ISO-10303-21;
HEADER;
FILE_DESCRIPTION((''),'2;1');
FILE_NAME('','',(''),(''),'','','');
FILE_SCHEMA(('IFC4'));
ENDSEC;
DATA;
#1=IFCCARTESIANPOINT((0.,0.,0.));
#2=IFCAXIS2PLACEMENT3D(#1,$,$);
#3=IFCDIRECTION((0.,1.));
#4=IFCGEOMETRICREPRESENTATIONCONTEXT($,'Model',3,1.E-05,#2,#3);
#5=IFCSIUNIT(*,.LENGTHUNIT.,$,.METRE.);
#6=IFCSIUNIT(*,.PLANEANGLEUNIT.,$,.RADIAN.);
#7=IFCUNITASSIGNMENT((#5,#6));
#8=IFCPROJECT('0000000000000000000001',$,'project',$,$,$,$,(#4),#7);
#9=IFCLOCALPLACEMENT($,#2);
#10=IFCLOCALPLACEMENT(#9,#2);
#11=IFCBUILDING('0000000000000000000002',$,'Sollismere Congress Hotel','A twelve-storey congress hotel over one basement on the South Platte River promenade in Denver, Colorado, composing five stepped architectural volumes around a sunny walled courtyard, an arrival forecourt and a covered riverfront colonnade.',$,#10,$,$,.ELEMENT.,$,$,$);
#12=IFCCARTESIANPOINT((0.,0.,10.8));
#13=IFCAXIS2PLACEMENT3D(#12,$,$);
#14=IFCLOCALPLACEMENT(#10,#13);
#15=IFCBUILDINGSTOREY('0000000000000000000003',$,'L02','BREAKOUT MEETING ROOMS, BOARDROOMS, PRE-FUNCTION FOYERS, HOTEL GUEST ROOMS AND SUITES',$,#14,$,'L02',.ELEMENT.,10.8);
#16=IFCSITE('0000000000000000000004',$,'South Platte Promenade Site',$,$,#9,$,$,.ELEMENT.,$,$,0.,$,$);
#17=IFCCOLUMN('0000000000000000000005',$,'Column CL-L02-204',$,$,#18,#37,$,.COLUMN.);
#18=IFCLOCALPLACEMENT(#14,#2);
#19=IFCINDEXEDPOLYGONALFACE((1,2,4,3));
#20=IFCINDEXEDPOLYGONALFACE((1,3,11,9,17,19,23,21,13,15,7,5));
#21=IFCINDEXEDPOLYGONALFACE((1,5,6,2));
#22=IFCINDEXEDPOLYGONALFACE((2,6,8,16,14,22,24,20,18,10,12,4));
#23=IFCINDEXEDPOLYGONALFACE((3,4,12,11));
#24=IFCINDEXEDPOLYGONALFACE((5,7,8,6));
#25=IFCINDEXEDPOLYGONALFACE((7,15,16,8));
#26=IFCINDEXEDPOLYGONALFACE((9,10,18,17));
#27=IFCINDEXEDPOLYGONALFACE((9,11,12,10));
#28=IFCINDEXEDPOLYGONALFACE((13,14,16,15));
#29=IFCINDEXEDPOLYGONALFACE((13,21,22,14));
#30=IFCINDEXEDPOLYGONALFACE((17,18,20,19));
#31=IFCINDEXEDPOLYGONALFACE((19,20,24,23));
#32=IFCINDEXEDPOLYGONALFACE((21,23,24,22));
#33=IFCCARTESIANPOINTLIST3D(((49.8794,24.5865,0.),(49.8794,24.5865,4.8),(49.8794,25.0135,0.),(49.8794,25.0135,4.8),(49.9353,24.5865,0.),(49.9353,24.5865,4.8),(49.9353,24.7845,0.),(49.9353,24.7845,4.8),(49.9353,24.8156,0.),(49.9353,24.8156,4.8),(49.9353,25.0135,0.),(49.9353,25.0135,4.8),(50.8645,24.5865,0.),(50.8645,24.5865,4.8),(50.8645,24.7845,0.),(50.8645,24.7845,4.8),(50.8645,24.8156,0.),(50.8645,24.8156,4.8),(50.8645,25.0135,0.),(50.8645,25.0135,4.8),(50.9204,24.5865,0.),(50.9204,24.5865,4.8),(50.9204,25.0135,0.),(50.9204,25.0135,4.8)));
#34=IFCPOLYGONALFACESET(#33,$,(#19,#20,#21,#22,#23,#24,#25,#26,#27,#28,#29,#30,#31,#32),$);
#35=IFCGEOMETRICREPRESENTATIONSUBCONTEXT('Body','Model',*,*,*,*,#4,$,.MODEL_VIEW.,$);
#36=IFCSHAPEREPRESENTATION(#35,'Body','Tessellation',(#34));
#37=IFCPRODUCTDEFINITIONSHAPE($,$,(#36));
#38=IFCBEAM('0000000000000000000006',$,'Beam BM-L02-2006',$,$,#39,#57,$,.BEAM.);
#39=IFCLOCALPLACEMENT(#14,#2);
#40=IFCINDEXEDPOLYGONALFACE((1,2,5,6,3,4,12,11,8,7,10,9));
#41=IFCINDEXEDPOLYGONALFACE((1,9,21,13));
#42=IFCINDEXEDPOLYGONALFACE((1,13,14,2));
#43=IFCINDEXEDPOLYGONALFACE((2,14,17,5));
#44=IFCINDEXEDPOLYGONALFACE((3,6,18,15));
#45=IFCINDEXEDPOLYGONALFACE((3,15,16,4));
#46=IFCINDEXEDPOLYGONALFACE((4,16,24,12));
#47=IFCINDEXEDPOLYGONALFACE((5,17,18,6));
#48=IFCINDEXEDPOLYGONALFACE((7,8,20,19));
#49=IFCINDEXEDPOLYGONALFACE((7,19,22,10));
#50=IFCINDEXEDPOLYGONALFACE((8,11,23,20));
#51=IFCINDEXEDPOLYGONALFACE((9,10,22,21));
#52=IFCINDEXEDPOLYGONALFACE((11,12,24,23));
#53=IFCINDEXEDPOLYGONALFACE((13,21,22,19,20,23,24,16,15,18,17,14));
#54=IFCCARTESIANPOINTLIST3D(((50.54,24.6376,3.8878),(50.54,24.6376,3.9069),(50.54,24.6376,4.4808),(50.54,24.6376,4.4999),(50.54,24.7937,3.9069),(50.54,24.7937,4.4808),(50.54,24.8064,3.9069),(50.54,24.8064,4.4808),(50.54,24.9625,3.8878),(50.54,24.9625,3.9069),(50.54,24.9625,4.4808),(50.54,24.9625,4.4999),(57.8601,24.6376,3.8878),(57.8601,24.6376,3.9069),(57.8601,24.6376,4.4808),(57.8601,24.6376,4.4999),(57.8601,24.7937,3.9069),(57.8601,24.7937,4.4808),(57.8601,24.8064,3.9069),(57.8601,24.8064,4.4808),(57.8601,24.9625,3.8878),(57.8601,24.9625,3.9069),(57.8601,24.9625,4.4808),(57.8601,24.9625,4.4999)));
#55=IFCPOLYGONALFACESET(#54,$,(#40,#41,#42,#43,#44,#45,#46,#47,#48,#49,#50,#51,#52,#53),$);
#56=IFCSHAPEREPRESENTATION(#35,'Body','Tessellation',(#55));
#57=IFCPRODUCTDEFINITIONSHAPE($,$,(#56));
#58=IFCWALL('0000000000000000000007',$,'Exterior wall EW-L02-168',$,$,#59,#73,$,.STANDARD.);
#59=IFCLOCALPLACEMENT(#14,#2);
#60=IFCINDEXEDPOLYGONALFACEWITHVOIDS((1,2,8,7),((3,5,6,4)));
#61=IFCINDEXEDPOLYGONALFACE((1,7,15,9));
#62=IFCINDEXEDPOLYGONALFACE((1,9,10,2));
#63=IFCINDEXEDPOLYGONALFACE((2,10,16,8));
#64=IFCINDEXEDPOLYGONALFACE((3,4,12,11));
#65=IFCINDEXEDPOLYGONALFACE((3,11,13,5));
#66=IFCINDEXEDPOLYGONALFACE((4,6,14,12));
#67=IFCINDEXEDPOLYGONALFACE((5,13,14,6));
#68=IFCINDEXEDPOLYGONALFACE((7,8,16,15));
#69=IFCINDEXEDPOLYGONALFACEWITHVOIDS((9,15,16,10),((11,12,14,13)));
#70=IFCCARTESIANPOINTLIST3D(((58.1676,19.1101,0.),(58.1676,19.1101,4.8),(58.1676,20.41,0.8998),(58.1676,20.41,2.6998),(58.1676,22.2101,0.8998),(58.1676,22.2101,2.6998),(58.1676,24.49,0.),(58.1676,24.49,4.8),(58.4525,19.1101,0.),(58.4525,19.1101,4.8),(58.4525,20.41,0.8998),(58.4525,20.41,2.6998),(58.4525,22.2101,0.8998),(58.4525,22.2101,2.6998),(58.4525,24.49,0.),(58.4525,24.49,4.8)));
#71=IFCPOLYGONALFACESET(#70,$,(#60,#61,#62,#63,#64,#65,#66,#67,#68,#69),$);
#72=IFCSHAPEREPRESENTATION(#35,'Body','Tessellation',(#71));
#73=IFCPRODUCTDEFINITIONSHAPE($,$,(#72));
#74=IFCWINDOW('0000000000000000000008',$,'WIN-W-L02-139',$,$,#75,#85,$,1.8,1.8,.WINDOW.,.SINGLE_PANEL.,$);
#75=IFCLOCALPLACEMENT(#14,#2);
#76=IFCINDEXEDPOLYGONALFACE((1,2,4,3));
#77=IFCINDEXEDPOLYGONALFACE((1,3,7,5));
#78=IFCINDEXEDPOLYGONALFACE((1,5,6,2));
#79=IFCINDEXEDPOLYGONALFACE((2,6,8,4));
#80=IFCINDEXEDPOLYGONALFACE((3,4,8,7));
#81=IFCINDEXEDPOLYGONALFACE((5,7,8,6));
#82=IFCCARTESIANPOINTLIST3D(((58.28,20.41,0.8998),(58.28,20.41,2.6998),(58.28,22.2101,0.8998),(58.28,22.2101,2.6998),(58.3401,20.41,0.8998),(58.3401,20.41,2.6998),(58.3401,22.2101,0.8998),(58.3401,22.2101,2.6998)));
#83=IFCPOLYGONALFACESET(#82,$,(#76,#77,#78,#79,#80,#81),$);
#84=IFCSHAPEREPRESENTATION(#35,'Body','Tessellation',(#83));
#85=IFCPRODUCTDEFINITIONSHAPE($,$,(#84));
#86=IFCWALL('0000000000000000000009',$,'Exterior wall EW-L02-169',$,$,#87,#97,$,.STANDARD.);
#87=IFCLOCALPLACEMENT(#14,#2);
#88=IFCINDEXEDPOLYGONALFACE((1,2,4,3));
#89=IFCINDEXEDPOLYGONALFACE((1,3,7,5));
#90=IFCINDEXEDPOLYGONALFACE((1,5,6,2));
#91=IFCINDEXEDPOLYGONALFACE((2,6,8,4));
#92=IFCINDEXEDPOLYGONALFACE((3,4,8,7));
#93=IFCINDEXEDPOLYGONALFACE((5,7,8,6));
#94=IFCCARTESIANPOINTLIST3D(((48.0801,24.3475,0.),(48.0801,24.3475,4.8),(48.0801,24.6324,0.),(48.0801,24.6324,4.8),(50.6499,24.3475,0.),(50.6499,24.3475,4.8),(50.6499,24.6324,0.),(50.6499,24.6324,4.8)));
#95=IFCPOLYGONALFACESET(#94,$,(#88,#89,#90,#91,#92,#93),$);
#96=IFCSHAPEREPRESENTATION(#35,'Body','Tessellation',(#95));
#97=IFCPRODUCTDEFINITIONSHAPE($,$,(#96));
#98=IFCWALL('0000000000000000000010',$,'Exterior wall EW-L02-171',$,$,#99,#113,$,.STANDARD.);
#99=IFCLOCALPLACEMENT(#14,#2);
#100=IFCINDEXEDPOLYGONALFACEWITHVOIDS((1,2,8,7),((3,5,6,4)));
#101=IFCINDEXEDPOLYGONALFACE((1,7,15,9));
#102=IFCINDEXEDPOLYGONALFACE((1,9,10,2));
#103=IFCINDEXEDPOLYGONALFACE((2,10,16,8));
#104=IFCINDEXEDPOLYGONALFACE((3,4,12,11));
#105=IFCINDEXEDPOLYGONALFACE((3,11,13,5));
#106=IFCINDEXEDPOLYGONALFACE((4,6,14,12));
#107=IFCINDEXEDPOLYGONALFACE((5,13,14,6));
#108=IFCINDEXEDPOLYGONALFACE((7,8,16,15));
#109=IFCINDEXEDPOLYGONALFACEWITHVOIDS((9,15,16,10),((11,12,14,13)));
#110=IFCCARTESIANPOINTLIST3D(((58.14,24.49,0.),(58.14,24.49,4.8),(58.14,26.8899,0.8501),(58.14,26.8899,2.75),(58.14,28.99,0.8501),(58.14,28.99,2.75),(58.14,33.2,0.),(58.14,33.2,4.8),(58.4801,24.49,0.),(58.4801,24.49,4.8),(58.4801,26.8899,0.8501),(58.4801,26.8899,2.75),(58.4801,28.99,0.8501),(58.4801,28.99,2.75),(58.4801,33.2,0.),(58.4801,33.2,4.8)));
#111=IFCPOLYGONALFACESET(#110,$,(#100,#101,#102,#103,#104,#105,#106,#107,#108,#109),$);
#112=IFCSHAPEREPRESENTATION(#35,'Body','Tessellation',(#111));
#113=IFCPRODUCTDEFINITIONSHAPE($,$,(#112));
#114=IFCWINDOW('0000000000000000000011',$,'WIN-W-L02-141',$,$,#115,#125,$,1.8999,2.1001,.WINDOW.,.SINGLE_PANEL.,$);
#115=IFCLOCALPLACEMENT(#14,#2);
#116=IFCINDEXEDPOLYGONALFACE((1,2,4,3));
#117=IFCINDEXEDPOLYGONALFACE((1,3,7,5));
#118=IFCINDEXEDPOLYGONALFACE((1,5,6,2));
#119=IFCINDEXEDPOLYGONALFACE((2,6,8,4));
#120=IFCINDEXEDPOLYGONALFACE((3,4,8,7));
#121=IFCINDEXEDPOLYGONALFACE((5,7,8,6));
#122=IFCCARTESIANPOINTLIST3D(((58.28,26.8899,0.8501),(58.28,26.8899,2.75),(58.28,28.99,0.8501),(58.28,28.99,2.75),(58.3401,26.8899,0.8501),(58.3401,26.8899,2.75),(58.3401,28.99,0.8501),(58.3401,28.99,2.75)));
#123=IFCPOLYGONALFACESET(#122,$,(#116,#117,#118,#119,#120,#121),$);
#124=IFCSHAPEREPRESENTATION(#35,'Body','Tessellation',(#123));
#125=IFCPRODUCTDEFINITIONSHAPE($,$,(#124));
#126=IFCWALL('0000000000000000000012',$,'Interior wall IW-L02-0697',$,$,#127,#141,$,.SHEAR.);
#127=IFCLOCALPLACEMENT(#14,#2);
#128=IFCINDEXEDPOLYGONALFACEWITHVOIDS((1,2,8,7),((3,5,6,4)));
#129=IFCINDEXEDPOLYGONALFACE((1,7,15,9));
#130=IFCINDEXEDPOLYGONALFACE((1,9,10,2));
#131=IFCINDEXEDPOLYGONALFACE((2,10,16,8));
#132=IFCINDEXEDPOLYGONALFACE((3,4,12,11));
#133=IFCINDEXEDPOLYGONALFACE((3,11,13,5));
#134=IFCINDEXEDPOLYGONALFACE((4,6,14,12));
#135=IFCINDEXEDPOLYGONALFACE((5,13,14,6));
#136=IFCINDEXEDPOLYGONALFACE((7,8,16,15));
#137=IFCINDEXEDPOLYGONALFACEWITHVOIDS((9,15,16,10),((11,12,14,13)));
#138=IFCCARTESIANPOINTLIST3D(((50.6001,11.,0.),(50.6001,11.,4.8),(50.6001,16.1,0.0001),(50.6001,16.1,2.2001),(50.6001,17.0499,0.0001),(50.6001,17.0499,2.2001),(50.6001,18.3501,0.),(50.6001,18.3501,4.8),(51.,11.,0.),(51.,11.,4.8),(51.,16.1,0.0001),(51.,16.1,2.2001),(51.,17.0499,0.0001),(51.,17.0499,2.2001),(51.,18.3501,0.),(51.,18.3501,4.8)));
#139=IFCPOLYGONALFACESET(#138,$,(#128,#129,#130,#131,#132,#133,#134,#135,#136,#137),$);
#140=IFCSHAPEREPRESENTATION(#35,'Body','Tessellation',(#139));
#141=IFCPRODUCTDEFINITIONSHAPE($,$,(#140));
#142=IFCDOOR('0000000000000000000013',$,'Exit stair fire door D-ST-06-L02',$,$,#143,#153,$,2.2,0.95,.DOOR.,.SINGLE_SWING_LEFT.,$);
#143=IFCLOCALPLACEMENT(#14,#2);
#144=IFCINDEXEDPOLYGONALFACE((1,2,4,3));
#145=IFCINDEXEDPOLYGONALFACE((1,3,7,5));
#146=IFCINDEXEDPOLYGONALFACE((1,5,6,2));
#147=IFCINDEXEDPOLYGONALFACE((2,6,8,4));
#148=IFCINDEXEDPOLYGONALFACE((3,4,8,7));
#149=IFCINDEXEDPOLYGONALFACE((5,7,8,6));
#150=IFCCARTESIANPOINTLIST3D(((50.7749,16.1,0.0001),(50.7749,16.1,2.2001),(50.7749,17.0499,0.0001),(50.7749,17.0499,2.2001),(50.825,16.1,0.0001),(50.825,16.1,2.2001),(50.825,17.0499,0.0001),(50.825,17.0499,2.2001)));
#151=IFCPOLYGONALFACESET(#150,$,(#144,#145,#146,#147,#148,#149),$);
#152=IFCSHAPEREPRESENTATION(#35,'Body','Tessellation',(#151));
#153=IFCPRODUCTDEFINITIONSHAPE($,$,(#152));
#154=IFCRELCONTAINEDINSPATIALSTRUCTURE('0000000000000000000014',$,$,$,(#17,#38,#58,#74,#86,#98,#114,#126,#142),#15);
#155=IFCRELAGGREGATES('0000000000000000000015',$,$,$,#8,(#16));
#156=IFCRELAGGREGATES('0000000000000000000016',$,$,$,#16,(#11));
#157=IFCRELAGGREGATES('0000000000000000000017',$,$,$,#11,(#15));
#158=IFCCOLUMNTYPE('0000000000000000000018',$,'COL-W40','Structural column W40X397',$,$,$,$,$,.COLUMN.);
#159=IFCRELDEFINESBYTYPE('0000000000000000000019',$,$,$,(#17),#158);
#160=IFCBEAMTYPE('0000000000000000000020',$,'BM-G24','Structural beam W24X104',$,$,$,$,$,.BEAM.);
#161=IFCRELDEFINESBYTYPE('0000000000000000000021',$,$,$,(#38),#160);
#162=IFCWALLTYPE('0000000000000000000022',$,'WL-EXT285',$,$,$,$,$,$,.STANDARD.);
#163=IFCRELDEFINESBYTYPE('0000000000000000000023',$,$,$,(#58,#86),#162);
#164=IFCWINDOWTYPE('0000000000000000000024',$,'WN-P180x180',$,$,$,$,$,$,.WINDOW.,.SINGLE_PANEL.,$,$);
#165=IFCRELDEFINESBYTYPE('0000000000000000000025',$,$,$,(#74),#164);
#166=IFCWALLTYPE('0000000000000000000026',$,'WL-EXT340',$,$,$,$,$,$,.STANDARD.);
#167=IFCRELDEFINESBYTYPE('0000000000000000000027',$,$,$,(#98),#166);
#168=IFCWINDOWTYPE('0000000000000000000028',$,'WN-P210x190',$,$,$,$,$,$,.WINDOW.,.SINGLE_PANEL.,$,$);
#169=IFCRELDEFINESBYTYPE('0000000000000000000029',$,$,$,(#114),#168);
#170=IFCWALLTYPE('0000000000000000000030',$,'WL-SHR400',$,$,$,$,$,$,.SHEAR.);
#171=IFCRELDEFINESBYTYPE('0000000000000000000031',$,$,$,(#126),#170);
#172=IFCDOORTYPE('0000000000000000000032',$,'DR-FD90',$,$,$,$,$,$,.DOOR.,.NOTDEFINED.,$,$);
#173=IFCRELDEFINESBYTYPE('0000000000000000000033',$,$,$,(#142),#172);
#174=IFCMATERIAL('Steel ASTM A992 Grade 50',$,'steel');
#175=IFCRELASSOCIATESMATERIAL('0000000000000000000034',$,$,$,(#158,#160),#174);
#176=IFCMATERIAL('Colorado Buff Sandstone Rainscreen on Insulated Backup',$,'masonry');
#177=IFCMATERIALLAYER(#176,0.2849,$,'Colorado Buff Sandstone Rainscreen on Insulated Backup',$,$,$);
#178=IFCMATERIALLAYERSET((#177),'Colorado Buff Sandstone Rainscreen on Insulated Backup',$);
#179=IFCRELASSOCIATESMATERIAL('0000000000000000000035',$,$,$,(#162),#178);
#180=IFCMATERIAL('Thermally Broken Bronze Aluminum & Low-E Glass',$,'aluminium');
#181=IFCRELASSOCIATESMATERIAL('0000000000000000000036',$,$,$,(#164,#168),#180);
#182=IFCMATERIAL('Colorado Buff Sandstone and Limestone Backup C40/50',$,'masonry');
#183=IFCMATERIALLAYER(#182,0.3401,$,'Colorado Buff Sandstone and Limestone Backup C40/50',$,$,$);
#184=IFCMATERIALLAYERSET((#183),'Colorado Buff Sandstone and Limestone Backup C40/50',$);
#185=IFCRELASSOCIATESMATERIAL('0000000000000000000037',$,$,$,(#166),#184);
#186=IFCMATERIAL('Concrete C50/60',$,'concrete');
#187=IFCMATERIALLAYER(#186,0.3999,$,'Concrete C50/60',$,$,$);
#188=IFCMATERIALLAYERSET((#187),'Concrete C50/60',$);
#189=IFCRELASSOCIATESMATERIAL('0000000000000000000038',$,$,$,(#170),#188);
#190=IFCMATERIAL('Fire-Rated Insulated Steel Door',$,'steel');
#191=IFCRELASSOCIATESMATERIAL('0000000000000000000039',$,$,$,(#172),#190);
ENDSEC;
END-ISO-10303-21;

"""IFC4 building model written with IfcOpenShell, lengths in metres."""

from ifc_helpers import new_model, si_unit, direction, frame, frame_2d, origin, origin_2d, place, context, subcontext, project, spatial, rectangle, i_section, extrude, material, layer, layer_set, material_profile, profile_set, type_object, element, fill, save


model = new_model("IFC4")

# Units and contexts
model_context = context("Model", 3, precision=1e-05, world=origin(), true_north=direction((0.0, 1.0)))
body_context = subcontext(model_context, "Body", "Model", "MODEL_VIEW")
ifc_project = project(units=[si_unit("LENGTHUNIT", "METRE"), si_unit("PLANEANGLEUNIT", "RADIAN")], contexts=[model_context])

# Site, building, storey
site_placement = place(None, origin())
site = spatial("IfcSite", under=ifc_project, at=site_placement, Name="South Platte Promenade Site", CompositionType="ELEMENT", RefElevation=0.0)
building_placement = place(site_placement, origin())
building = spatial("IfcBuilding", under=site, at=building_placement, Name="Sollismere Congress Hotel", Description="A twelve-storey congress hotel over one basement on the South Platte River promenade in Denver, Colorado, composing five stepped architectural volumes around a sunny walled courtyard, an arrival forecourt and a covered riverfront colonnade.", CompositionType="ELEMENT")
storey_placement = place(building_placement, frame((0.0, 0.0, 10.8)))
storey = spatial("IfcBuildingStorey", under=building, at=storey_placement, Name="L02", Description="BREAKOUT MEETING ROOMS, BOARDROOMS, PRE-FUNCTION FOYERS, HOTEL GUEST ROOMS AND SUITES", LongName="L02", CompositionType="ELEMENT", Elevation=10.8)

# Column
ifc_material_1 = material(Name="Steel ASTM A992 Grade 50", Category="steel")
ifc_material_profile_1 = material_profile(ifc_material_1, i_section(OverallWidth=0.427, OverallDepth=1.041, WebThickness=0.031, FlangeThickness=0.0559, at=origin_2d()), Name="W40X397")
ifc_profile_set_1 = profile_set([ifc_material_profile_1], Name="Steel ASTM A992 Grade 50")
column_type = type_object("IfcColumnType", Name="COL-W40", Description="Structural column W40X397", PredefinedType="COLUMN", material=ifc_profile_set_1)
column_placement = place(storey_placement, frame((50.3999, 24.8, 0.0), z_axis=(0.0, 0.0, 1.0), x_axis=(0.0, 1.0, 0.0)))
element("IfcColumn", 1, at=column_placement, inside=storey, type_object=column_type, Name="Column CL-L02-204", PredefinedType="COLUMN", context=body_context, shape_type="SweptSolid", body=[
    extrude(i_section(OverallWidth=0.427, OverallDepth=1.041, WebThickness=0.031, FlangeThickness=0.0559, at=origin_2d()), origin(), (0.0, 0.0, 1.0), 4.8),
])

# Beam
ifc_material_profile_2 = material_profile(ifc_material_1, i_section(OverallWidth=0.325, OverallDepth=0.6121, WebThickness=0.0127, FlangeThickness=0.019, at=origin_2d()), Name="W24X104")
ifc_profile_set_2 = profile_set([ifc_material_profile_2], Name="Steel ASTM A992 Grade 50")
beam_type = type_object("IfcBeamType", Name="BM-G24", Description="Structural beam W24X104", PredefinedType="BEAM", material=ifc_profile_set_2)
beam_placement = place(storey_placement, frame((50.54, 24.8, 4.1938), z_axis=(1.0, 0.0, 0.0), x_axis=(0.0, 1.0, 0.0)))
element("IfcBeam", 2, at=beam_placement, inside=storey, type_object=beam_type, Name="Beam BM-L02-2006", PredefinedType="BEAM", context=body_context, shape_type="SweptSolid", body=[
    extrude(i_section(OverallWidth=0.325, OverallDepth=0.6121, WebThickness=0.0127, FlangeThickness=0.019, at=origin_2d()), origin(), (0.0, 0.0, 1.0), 7.3201),
])

# Wall, opening, window
ifc_material_2 = material(Name="Colorado Buff Sandstone Rainscreen on Insulated Backup", Category="masonry")
ifc_layer_1 = layer(ifc_material_2, 0.2849, Name="Colorado Buff Sandstone Rainscreen on Insulated Backup")
ifc_layer_set_1 = layer_set([ifc_layer_1], Name="Colorado Buff Sandstone Rainscreen on Insulated Backup")
wall_type_1 = type_object("IfcWallType", Name="WL-EXT285", PredefinedType="STANDARD", material=ifc_layer_set_1)
wall_1_placement = place(storey_placement, frame((58.3101, 19.1101, 0.0), z_axis=(0.0, 0.0, 1.0), x_axis=(0.0, 1.0, 0.0)))
wall_1 = element("IfcWall", 3, at=wall_1_placement, inside=storey, type_object=wall_type_1, Name="Exterior wall EW-L02-168", PredefinedType="STANDARD", context=body_context, shape_type="SweptSolid", body=[
    extrude(rectangle(XDim=5.3799, YDim=0.2849, at=frame_2d((2.6899, 0.0))), origin(), (0.0, 0.0, 1.0), 4.8),
])
opening_1_placement = place(wall_1_placement, frame((1.3, 0.0, 0.8999)))
opening_1 = element("IfcOpeningElement", 4, at=opening_1_placement, cuts=wall_1, PredefinedType="OPENING", context=body_context, shape_type="SweptSolid", body=[
    extrude(rectangle(XDim=1.8, YDim=1.8, at=frame_2d((0.8999, 0.8999))), frame((0.0, 0.1523, 0.0), z_axis=(0.0, -1.0, 0.0), x_axis=(1.0, 0.0, 0.0)), (0.0, 0.0, 1.0), 0.3049),
])
ifc_material_3 = material(Name="Thermally Broken Bronze Aluminum & Low-E Glass", Category="aluminium")
window_type_1 = type_object("IfcWindowType", Name="WN-P180x180", PartitioningType="SINGLE_PANEL", PredefinedType="WINDOW", material=ifc_material_3)
window_1_placement = place(opening_1_placement, origin())
window_1 = element("IfcWindow", 5, at=window_1_placement, inside=storey, type_object=window_type_1, Name="WIN-W-L02-139", OverallHeight=1.8, OverallWidth=1.8, PartitioningType="SINGLE_PANEL", PredefinedType="WINDOW", context=body_context, shape_type="SweptSolid", body=[
    extrude(rectangle(XDim=1.8, YDim=1.8, at=frame_2d((0.8999, 0.8999))), frame((0.0, 0.03, 0.0), z_axis=(0.0, -1.0, 0.0), x_axis=(1.0, 0.0, 0.0)), (0.0, 0.0, 1.0), 0.0601),
])
fill(opening_1, window_1)

# Wall
wall_2_placement = place(storey_placement, frame((48.0801, 24.49, 0.0), z_axis=(0.0, 0.0, 1.0), x_axis=(1.0, 0.0, 0.0)))
element("IfcWall", 6, at=wall_2_placement, inside=storey, type_object=wall_type_1, Name="Exterior wall EW-L02-169", PredefinedType="STANDARD", context=body_context, shape_type="SweptSolid", body=[
    extrude(rectangle(XDim=2.5698, YDim=0.2849, at=frame_2d((1.2849, 0.0))), origin(), (0.0, 0.0, 1.0), 4.8),
])

# Wall, opening, window
ifc_material_4 = material(Name="Colorado Buff Sandstone and Limestone Backup C40/50", Category="masonry")
ifc_layer_2 = layer(ifc_material_4, 0.3401, Name="Colorado Buff Sandstone and Limestone Backup C40/50")
ifc_layer_set_2 = layer_set([ifc_layer_2], Name="Colorado Buff Sandstone and Limestone Backup C40/50")
wall_type_2 = type_object("IfcWallType", Name="WL-EXT340", PredefinedType="STANDARD", material=ifc_layer_set_2)
wall_3_placement = place(storey_placement, frame((58.3101, 24.49, 0.0), z_axis=(0.0, 0.0, 1.0), x_axis=(0.0, 1.0, 0.0)))
wall_3 = element("IfcWall", 7, at=wall_3_placement, inside=storey, type_object=wall_type_2, Name="Exterior wall EW-L02-171", PredefinedType="STANDARD", context=body_context, shape_type="SweptSolid", body=[
    extrude(rectangle(XDim=8.71, YDim=0.3401, at=frame_2d((4.355, 0.0))), origin(), (0.0, 0.0, 1.0), 4.8),
])
opening_2_placement = place(wall_3_placement, frame((2.3999, 0.0, 0.8501)))
opening_2 = element("IfcOpeningElement", 8, at=opening_2_placement, cuts=wall_3, PredefinedType="OPENING", context=body_context, shape_type="SweptSolid", body=[
    extrude(rectangle(XDim=2.1001, YDim=1.8999, at=frame_2d((1.05, 0.95))), frame((0.0, 0.1799, 0.0), z_axis=(0.0, -1.0, 0.0), x_axis=(1.0, 0.0, 0.0)), (0.0, 0.0, 1.0), 0.3601),
])
window_type_2 = type_object("IfcWindowType", Name="WN-P210x190", PartitioningType="SINGLE_PANEL", PredefinedType="WINDOW", material=ifc_material_3)
window_2_placement = place(opening_2_placement, origin())
window_2 = element("IfcWindow", 9, at=window_2_placement, inside=storey, type_object=window_type_2, Name="WIN-W-L02-141", OverallHeight=1.8999, OverallWidth=2.1001, PartitioningType="SINGLE_PANEL", PredefinedType="WINDOW", context=body_context, shape_type="SweptSolid", body=[
    extrude(rectangle(XDim=2.1001, YDim=1.8999, at=frame_2d((1.05, 0.95))), frame((0.0, 0.03, 0.0), z_axis=(0.0, -1.0, 0.0), x_axis=(1.0, 0.0, 0.0)), (0.0, 0.0, 1.0), 0.0601),
])
fill(opening_2, window_2)

# Wall, opening, door
ifc_material_5 = material(Name="Concrete C50/60", Category="concrete")
ifc_layer_3 = layer(ifc_material_5, 0.3999, Name="Concrete C50/60")
ifc_layer_set_3 = layer_set([ifc_layer_3], Name="Concrete C50/60")
wall_type_3 = type_object("IfcWallType", Name="WL-SHR400", PredefinedType="SHEAR", material=ifc_layer_set_3)
wall_4_placement = place(storey_placement, frame((50.8, 18.3501, 0.0), z_axis=(0.0, 0.0, 1.0), x_axis=(0.0, -1.0, 0.0)))
wall_4 = element("IfcWall", 10, at=wall_4_placement, inside=storey, type_object=wall_type_3, Name="Interior wall IW-L02-0697", PredefinedType="SHEAR", context=body_context, shape_type="SweptSolid", body=[
    extrude(rectangle(XDim=7.3501, YDim=0.3999, at=frame_2d((3.675, 0.0))), origin(), (0.0, 0.0, 1.0), 4.8),
])
opening_3_placement = place(wall_4_placement, frame((1.3, 0.0, 0.0)))
opening_3 = element("IfcOpeningElement", 11, at=opening_3_placement, cuts=wall_4, PredefinedType="OPENING", context=body_context, shape_type="SweptSolid", body=[
    extrude(rectangle(XDim=0.95, YDim=2.2, at=frame_2d((0.4751, 1.1001))), frame((0.0, 0.21, 0.0), z_axis=(0.0, -1.0, 0.0), x_axis=(1.0, 0.0, 0.0)), (0.0, 0.0, 1.0), 0.4199),
])
ifc_material_6 = material(Name="Fire-Rated Insulated Steel Door", Category="steel")
door_type = type_object("IfcDoorType", Name="DR-FD90", OperationType="NOTDEFINED", PredefinedType="DOOR", material=ifc_material_6)
door_placement = place(opening_3_placement, origin())
door = element("IfcDoor", 12, at=door_placement, inside=storey, type_object=door_type, Name="Exit stair fire door D-ST-06-L02", OperationType="SINGLE_SWING_LEFT", OverallHeight=2.2, OverallWidth=0.95, PredefinedType="DOOR", context=body_context, shape_type="SweptSolid", body=[
    extrude(rectangle(XDim=0.95, YDim=2.2, at=frame_2d((0.4751, 1.1001))), frame((0.0, 0.0249, 0.0), z_axis=(0.0, -1.0, 0.0), x_axis=(1.0, 0.0, 0.0)), (0.0, 0.0, 1.0), 0.05),
])
fill(opening_3, door)

save(model, "model.ifc")
